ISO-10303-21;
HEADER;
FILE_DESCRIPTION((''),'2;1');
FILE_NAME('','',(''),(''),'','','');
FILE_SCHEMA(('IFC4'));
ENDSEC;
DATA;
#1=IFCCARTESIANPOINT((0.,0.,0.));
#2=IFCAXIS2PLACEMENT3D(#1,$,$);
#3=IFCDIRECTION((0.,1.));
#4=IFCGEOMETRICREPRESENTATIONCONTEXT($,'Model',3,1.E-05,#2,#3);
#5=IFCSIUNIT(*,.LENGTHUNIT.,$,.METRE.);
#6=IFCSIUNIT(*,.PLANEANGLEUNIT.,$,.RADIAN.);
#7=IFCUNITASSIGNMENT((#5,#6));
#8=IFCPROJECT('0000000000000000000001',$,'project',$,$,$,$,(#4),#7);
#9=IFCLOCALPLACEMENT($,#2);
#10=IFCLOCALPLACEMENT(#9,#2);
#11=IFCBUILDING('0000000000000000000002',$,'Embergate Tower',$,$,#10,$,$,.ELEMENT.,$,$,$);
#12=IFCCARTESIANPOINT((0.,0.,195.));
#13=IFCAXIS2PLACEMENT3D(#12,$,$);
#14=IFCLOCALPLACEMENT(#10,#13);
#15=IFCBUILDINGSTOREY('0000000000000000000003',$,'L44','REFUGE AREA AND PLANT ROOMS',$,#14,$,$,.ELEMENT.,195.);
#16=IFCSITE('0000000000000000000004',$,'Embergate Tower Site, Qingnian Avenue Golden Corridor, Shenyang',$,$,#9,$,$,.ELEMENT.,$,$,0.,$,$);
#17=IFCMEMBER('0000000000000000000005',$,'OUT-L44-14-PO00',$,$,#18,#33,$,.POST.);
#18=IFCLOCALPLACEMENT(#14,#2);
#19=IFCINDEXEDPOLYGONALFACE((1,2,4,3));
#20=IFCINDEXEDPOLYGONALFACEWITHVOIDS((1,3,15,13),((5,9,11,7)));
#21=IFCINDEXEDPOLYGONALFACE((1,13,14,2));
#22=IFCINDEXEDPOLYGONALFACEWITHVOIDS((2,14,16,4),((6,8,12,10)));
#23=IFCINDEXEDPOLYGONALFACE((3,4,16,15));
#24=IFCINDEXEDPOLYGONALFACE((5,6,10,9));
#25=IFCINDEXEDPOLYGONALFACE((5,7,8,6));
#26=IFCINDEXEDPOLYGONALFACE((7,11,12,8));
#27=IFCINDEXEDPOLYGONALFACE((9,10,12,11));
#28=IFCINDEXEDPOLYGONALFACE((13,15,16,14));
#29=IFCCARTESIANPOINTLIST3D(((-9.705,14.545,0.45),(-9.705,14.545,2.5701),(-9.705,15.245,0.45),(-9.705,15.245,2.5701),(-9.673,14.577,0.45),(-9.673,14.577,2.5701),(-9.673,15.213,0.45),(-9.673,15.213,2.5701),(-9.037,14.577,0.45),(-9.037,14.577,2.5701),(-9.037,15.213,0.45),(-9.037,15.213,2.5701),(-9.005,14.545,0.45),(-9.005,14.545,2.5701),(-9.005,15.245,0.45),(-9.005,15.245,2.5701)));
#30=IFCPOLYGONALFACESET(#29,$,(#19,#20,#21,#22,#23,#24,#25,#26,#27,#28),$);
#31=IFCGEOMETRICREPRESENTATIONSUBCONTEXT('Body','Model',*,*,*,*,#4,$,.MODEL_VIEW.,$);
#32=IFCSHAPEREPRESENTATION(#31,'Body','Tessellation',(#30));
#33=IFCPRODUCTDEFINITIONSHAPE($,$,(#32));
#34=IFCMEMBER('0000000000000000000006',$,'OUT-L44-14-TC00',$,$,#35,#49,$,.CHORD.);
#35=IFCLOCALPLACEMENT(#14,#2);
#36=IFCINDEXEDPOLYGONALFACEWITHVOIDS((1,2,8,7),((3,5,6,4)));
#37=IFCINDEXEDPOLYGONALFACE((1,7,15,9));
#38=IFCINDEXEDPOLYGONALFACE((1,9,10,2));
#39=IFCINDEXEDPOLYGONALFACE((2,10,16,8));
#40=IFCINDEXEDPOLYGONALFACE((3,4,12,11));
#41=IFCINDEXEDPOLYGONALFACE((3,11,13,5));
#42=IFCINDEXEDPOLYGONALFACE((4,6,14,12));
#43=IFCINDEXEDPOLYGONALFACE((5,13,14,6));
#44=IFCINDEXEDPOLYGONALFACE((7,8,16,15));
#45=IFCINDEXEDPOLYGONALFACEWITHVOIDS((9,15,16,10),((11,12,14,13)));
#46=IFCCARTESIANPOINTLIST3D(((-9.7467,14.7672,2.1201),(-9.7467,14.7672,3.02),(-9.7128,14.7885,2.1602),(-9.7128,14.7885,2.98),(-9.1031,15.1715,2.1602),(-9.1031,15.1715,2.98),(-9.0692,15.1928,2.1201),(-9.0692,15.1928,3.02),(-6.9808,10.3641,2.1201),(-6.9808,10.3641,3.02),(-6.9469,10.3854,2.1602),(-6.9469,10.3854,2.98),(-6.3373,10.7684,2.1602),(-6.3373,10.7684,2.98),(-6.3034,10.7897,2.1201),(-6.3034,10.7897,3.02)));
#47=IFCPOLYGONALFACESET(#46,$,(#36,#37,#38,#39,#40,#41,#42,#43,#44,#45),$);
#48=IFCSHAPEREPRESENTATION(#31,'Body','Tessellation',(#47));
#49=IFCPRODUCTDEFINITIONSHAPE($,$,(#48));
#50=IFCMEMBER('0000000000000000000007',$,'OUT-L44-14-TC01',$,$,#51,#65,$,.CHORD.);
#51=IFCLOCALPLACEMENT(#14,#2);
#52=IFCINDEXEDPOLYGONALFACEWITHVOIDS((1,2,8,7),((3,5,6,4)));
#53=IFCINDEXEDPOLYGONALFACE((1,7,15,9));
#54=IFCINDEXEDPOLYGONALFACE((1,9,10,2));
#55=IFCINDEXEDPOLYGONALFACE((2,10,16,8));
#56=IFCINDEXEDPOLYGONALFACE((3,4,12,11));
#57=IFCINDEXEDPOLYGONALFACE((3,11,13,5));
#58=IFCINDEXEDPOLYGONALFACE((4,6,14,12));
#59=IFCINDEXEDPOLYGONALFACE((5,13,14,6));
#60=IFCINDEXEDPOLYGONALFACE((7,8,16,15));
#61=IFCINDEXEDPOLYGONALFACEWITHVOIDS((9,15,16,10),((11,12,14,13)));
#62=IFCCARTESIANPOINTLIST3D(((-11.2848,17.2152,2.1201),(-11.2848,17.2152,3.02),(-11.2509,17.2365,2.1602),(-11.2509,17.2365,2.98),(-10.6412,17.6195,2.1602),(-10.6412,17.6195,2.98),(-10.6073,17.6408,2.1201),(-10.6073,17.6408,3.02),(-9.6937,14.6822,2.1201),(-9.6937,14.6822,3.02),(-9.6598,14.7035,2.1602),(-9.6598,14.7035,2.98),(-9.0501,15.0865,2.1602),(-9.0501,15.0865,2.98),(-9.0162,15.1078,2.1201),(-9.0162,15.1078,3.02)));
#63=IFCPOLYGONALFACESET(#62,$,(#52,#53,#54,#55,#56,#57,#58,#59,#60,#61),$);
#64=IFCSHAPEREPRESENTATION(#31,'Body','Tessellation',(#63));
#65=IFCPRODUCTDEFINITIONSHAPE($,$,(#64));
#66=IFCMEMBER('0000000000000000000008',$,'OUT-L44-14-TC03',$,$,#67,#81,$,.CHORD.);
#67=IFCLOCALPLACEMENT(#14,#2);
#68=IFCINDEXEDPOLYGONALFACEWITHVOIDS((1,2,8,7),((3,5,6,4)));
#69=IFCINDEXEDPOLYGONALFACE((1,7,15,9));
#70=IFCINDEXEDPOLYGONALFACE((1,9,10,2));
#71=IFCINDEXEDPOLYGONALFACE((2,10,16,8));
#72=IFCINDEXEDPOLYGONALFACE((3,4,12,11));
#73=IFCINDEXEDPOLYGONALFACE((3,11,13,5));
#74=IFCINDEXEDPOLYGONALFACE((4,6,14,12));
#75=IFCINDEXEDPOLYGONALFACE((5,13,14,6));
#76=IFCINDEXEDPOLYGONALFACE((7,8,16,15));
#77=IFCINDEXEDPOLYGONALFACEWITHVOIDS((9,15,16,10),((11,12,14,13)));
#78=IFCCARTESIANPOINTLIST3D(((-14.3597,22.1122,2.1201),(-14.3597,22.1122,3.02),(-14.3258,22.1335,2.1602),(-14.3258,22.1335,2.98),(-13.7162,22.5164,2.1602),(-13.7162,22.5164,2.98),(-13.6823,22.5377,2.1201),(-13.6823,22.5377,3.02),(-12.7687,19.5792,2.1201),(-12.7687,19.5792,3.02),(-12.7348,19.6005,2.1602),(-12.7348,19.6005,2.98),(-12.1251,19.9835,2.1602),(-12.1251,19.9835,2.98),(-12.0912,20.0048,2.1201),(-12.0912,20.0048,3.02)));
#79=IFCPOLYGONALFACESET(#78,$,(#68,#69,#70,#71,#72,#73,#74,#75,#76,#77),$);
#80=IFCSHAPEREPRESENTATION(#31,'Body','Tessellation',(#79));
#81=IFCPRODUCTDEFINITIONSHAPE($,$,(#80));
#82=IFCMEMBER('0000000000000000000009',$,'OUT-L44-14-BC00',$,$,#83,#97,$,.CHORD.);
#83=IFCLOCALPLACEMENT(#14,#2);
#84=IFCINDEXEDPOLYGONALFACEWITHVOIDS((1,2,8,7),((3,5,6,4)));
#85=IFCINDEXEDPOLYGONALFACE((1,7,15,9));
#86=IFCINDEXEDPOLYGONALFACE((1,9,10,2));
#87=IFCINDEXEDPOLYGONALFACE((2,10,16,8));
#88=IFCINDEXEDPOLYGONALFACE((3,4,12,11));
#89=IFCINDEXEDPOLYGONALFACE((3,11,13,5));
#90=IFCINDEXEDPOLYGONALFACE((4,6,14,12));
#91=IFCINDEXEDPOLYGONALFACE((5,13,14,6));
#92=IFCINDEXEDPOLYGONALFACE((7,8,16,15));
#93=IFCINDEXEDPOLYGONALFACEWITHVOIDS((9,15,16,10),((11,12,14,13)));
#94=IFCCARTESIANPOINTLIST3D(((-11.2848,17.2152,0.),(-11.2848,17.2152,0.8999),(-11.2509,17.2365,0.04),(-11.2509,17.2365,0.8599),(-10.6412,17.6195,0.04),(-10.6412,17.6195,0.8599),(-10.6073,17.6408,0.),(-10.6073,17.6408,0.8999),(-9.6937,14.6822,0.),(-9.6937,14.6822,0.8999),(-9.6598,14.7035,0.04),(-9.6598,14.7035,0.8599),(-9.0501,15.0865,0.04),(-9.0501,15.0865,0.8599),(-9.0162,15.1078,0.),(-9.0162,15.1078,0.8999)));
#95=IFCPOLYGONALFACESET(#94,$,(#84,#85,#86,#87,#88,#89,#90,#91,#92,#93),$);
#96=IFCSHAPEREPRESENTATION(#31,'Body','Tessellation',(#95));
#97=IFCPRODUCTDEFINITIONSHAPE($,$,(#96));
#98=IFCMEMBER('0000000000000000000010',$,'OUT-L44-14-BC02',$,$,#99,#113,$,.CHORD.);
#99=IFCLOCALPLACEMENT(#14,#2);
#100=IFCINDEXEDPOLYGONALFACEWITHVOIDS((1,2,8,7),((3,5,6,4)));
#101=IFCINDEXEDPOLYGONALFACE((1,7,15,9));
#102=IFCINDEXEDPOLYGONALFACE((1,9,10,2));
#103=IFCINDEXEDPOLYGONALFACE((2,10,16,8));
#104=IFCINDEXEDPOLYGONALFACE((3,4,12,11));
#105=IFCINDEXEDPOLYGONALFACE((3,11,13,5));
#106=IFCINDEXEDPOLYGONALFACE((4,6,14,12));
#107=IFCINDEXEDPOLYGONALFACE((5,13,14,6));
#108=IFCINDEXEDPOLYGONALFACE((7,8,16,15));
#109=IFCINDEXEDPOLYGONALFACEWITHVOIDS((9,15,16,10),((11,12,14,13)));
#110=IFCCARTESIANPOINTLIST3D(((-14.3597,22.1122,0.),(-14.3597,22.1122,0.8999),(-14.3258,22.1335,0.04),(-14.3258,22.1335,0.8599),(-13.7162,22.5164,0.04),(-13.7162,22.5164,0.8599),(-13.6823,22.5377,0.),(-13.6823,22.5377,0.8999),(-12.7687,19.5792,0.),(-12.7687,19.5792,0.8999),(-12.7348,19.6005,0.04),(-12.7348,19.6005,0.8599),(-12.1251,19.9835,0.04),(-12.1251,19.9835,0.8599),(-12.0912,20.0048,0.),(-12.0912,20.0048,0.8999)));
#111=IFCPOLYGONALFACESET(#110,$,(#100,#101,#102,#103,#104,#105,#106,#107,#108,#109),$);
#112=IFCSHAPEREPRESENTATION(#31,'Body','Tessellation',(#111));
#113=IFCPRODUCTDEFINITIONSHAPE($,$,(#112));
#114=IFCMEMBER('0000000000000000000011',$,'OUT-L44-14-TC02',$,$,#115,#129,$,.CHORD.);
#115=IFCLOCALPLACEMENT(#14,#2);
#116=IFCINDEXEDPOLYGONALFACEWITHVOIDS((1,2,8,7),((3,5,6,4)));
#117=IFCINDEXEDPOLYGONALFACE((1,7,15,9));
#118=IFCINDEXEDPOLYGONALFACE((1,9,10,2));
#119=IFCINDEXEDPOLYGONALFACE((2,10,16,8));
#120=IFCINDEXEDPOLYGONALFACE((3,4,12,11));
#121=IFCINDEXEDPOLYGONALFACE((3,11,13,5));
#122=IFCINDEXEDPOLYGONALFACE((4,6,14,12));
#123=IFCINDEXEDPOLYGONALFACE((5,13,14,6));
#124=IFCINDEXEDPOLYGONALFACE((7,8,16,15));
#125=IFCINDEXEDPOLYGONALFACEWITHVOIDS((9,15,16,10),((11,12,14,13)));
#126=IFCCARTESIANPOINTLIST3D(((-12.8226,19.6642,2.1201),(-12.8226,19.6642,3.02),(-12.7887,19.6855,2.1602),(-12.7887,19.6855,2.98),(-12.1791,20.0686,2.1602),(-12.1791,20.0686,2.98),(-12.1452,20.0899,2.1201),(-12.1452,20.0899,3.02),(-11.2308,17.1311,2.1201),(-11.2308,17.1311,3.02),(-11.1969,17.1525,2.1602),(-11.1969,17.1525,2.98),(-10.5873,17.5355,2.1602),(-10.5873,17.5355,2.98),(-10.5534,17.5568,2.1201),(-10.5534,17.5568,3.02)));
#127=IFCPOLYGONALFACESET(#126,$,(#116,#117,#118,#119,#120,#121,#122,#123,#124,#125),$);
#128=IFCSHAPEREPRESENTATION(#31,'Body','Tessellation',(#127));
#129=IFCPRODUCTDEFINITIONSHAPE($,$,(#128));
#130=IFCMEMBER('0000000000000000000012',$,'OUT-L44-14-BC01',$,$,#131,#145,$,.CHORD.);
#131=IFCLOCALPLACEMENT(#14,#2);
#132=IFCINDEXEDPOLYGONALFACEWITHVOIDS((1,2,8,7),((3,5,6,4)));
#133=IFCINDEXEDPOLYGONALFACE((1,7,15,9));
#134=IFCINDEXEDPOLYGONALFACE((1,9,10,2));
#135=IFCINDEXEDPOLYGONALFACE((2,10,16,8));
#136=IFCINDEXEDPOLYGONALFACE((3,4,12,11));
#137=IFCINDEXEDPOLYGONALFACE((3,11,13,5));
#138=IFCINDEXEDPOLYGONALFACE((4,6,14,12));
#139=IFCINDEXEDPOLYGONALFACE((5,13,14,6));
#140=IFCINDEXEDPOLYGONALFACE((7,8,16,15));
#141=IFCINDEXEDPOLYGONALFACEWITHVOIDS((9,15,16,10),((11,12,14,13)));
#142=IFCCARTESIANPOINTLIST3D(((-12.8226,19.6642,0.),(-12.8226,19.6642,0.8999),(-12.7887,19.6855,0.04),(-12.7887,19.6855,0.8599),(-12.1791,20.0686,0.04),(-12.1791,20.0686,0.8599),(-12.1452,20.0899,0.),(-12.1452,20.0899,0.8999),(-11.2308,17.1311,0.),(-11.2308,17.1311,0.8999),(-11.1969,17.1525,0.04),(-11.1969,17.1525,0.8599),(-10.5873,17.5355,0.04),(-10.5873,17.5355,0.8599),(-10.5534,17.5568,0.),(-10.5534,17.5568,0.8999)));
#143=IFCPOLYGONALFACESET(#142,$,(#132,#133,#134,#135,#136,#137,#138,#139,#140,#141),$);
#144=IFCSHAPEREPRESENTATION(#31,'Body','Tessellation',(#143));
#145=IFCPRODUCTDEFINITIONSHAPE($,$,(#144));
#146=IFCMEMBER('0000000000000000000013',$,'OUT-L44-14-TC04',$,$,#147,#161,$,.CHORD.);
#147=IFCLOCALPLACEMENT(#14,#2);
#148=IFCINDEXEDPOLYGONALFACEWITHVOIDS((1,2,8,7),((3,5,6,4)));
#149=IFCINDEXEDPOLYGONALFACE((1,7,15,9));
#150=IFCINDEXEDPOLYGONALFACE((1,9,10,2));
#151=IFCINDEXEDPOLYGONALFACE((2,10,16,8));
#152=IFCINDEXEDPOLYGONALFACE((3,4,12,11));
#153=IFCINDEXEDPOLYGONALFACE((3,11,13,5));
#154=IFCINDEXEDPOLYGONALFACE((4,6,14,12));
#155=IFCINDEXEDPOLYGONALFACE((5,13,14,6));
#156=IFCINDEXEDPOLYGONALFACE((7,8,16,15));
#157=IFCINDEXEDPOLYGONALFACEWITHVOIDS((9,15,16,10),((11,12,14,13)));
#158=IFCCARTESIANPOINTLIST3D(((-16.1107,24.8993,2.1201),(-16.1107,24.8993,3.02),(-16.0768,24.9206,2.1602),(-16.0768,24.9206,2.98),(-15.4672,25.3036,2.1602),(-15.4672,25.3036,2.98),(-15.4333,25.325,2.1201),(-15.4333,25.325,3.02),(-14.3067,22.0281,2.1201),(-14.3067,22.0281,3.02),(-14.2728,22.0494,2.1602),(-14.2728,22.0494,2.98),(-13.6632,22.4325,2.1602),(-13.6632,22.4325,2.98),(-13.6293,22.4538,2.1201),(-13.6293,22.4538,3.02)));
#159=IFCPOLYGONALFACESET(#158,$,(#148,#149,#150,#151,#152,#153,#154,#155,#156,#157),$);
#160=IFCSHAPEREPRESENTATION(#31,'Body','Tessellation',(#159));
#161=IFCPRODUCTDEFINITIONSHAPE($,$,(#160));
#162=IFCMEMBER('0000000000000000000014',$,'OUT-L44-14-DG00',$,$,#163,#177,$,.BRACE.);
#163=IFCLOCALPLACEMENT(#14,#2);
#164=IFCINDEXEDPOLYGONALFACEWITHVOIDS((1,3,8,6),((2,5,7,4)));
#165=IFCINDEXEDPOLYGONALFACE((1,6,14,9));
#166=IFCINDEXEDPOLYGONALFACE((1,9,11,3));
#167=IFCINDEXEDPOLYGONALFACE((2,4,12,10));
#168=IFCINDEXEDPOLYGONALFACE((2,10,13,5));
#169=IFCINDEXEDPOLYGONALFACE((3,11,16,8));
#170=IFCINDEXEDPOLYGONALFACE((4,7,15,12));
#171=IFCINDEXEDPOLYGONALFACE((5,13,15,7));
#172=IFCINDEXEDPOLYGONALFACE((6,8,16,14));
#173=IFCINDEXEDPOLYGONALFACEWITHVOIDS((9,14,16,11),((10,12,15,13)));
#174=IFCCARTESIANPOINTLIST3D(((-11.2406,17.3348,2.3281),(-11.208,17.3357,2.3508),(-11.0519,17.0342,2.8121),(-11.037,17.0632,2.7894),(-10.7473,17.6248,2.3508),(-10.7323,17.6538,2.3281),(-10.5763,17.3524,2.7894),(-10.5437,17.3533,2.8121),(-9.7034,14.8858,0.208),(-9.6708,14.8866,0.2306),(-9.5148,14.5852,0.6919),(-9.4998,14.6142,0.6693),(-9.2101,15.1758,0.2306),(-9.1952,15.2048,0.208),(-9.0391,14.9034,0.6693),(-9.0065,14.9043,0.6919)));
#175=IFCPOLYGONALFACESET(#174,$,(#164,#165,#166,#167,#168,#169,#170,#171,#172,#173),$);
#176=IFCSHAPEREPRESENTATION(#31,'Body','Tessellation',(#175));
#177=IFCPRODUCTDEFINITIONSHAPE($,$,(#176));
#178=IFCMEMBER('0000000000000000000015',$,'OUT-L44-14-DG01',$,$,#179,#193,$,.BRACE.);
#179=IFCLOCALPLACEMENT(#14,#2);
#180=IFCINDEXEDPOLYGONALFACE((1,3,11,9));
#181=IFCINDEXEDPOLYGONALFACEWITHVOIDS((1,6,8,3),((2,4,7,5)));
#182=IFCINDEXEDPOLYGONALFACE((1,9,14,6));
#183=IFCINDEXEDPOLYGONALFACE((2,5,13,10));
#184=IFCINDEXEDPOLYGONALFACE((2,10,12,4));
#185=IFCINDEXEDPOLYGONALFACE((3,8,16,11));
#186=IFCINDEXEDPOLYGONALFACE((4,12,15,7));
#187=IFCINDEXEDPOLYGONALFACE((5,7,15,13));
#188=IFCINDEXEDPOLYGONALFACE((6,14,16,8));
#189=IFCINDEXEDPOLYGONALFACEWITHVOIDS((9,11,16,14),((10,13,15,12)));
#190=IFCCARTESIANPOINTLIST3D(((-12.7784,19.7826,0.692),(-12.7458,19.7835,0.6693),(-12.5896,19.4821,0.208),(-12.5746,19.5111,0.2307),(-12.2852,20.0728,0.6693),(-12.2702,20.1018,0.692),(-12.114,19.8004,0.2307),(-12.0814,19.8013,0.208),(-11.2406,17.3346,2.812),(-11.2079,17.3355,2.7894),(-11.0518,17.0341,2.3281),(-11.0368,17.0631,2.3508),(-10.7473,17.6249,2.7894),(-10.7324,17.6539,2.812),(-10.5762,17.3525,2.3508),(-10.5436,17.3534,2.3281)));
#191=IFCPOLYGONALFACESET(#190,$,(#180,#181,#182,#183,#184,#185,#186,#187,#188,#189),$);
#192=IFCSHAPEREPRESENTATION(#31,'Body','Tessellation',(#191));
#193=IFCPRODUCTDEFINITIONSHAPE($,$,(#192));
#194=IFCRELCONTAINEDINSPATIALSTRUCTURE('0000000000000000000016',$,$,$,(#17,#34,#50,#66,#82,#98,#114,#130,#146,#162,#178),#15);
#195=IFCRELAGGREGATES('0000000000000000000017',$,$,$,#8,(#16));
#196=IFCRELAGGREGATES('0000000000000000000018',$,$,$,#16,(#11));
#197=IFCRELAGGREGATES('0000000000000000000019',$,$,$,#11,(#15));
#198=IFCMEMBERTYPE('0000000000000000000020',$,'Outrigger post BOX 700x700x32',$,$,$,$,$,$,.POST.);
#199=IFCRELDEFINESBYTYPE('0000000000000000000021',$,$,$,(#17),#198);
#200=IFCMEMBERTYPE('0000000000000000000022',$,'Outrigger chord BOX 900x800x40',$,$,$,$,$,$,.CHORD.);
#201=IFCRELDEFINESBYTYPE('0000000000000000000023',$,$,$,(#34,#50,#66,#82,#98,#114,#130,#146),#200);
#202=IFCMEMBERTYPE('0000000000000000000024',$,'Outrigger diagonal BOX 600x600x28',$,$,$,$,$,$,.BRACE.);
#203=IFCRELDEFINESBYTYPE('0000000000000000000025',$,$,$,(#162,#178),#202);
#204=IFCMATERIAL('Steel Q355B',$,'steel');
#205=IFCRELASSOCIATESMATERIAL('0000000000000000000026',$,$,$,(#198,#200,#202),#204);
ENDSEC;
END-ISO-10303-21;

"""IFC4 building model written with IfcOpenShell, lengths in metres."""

from ifc_helpers import new_model, si_unit, direction, frame, origin, origin_2d, place, context, subcontext, project, spatial, hollow_rectangle, extrude, source, transform, mapped, material, material_profile, profile_set, type_object, element, save


model = new_model("IFC4")

# Units and contexts
model_context = context("Model", 3, precision=1e-05, world=origin(), true_north=direction((0.0, 1.0)))
body_context = subcontext(model_context, "Body", "Model", "MODEL_VIEW")
ifc_project = project(units=[si_unit("LENGTHUNIT", "METRE"), si_unit("PLANEANGLEUNIT", "RADIAN")], contexts=[model_context])

# Site, building, storey
site_placement = place(None, origin())
site = spatial("IfcSite", under=ifc_project, at=site_placement, Name="Embergate Tower Site, Qingnian Avenue Golden Corridor, Shenyang", CompositionType="ELEMENT", RefElevation=0.0)
building_placement = place(site_placement, origin())
building = spatial("IfcBuilding", under=site, at=building_placement, Name="Embergate Tower", CompositionType="ELEMENT")
storey_placement = place(building_placement, frame((0.0, 0.0, 195.0)))
storey = spatial("IfcBuildingStorey", under=building, at=storey_placement, Name="L44", Description="REFUGE AREA AND PLANT ROOMS", CompositionType="ELEMENT", Elevation=195.0)

# Members
ifc_material_1 = material(Name="Steel Q355B", Category="steel")
ifc_material_profile_1 = material_profile(ifc_material_1, hollow_rectangle(XDim=0.7, YDim=0.7, WallThickness=0.032, at=origin_2d()), Name="BOX 700x700x32")
ifc_profile_set_1 = profile_set([ifc_material_profile_1], Name="Steel Q355 grade B")
member_type_1 = type_object("IfcMemberType", Name="Outrigger post BOX 700x700x32", PredefinedType="POST", material=ifc_profile_set_1)
shared_shape_1 = source(origin(), body_context, "Body", "SweptSolid", [
    extrude(hollow_rectangle(XDim=0.7, YDim=0.7, WallThickness=0.032, at=origin_2d()), origin(), (0.0, 0.0, 1.0), 2.1201),
])
member_1_placement = place(storey_placement, frame((-9.355, 14.895, 0.45), z_axis=(0.0, 0.0, 1.0), x_axis=(1.0, 0.0, 0.0)))
element("IfcMember", 1, at=member_1_placement, inside=storey, type_object=member_type_1, Name="OUT-L44-14-PO00", PredefinedType="POST", context=body_context, shape_type="MappedRepresentation", body=[
    mapped(shared_shape_1, transform((0.0, 0.0, 0.0))),
])
ifc_material_profile_2 = material_profile(ifc_material_1, hollow_rectangle(XDim=0.8, YDim=0.8999, WallThickness=0.04, at=origin_2d()), Name="BOX 900x800x40")
ifc_profile_set_2 = profile_set([ifc_material_profile_2], Name="Steel Q355 grade B")
member_type_2 = type_object("IfcMemberType", Name="Outrigger chord BOX 900x800x40", PredefinedType="CHORD", material=ifc_profile_set_2)
shared_shape_2 = source(origin(), body_context, "Body", "SweptSolid", [
    extrude(hollow_rectangle(XDim=0.8, YDim=0.8999, WallThickness=0.04, at=origin_2d()), origin(), (0.0, 0.0, 1.0), 5.1997),
])
member_2_placement = place(storey_placement, frame((-6.6421, 10.5769, 2.5701), z_axis=(-0.531926, 0.846791, 0.0), x_axis=(-0.846791, -0.531926, 0.0)))
element("IfcMember", 2, at=member_2_placement, inside=storey, type_object=member_type_2, Name="OUT-L44-14-TC00", PredefinedType="CHORD", context=body_context, shape_type="MappedRepresentation", body=[
    mapped(shared_shape_2, transform((0.0, 0.0, 0.0))),
])
shared_shape_3 = source(origin(), body_context, "Body", "SweptSolid", [
    extrude(hollow_rectangle(XDim=0.8, YDim=0.8999, WallThickness=0.04, at=origin_2d()), origin(), (0.0, 0.0, 1.0), 2.9912),
])
for number, where, z_axis, x_axis, name in (
    (3, (-9.355, 14.895, 2.5701), (-0.531912, 0.846799, 0.0), (-0.846799, -0.531912, 0.0), "OUT-L44-14-TC01"),
    (4, (-12.4299, 19.792, 2.5701), (-0.531912, 0.846799, 0.0), (-0.846799, -0.531912, 0.0), "OUT-L44-14-TC03"),
    (5, (-9.355, 14.895, 0.45), (-0.531912, 0.846799, 0.0), (-0.846799, -0.531912, 0.0), "OUT-L44-14-BC00"),
    (6, (-12.4299, 19.792, 0.45), (-0.531912, 0.846799, 0.0), (-0.846799, -0.531912, 0.0), "OUT-L44-14-BC02"),
):
    element("IfcMember", number, at=place(storey_placement, frame(where, z_axis=z_axis, x_axis=x_axis)), inside=storey, type_object=member_type_2, Name=name, PredefinedType="CHORD", context=body_context, shape_type="MappedRepresentation", body=[
        mapped(shared_shape_3, transform((0.0, 0.0, 0.0))),
    ])
shared_shape_4 = source(origin(), body_context, "Body", "SweptSolid", [
    extrude(hollow_rectangle(XDim=0.8, YDim=0.8999, WallThickness=0.04, at=origin_2d()), origin(), (0.0, 0.0, 1.0), 2.9917),
])
for number, where, z_axis, x_axis, name in (
    (7, (-10.8921, 17.344, 2.5701), (-0.532088, 0.846689, 0.0), (-0.846689, -0.532088, 0.0), "OUT-L44-14-TC02"),
    (8, (-10.8921, 17.344, 0.45), (-0.532088, 0.846689, 0.0), (-0.846689, -0.532088, 0.0), "OUT-L44-14-BC01"),
):
    element("IfcMember", number, at=place(storey_placement, frame(where, z_axis=z_axis, x_axis=x_axis)), inside=storey, type_object=member_type_2, Name=name, PredefinedType="CHORD", context=body_context, shape_type="MappedRepresentation", body=[
        mapped(shared_shape_4, transform((0.0, 0.0, 0.0))),
    ])
shared_shape_5 = source(origin(), body_context, "Body", "SweptSolid", [
    extrude(hollow_rectangle(XDim=0.8, YDim=0.8999, WallThickness=0.04, at=origin_2d()), origin(), (0.0, 0.0, 1.0), 3.3909),
])
member_3_placement = place(storey_placement, frame((-13.968, 22.241, 2.5701), z_axis=(-0.532017, 0.846734, 0.0), x_axis=(-0.846734, -0.532017, 0.0)))
element("IfcMember", 9, at=member_3_placement, inside=storey, type_object=member_type_2, Name="OUT-L44-14-TC04", PredefinedType="CHORD", context=body_context, shape_type="MappedRepresentation", body=[
    mapped(shared_shape_5, transform((0.0, 0.0, 0.0))),
])
ifc_material_profile_3 = material_profile(ifc_material_1, hollow_rectangle(XDim=0.6001, YDim=0.6001, WallThickness=0.0281, at=origin_2d()), Name="BOX 600x600x28")
ifc_profile_set_3 = profile_set([ifc_material_profile_3], Name="Steel Q355 grade B")
member_type_3 = type_object("IfcMemberType", Name="Outrigger diagonal BOX 600x600x28", PredefinedType="BRACE", material=ifc_profile_set_3)
shared_shape_6 = source(origin(), body_context, "Body", "SweptSolid", [
    extrude(hollow_rectangle(XDim=0.6001, YDim=0.6001, WallThickness=0.0281, at=origin_2d()), origin(), (0.0, 0.0, 1.0), 3.5854),
])
member_4_placement = place(storey_placement, frame((-9.355, 14.895, 0.45), z_axis=(-0.428714, 0.683041, 0.59132), x_axis=(-0.846986, -0.531615, 0.0)))
element("IfcMember", 10, at=member_4_placement, inside=storey, type_object=member_type_3, Name="OUT-L44-14-DG00", PredefinedType="BRACE", context=body_context, shape_type="MappedRepresentation", body=[
    mapped(shared_shape_6, transform((0.0, 0.0, 0.0))),
])
shared_shape_7 = source(origin(), body_context, "Body", "SweptSolid", [
    extrude(hollow_rectangle(XDim=0.6001, YDim=0.6001, WallThickness=0.0281, at=origin_2d()), origin(), (0.0, 0.0, 1.0), 3.585),
])
member_5_placement = place(storey_placement, frame((-10.8921, 17.344, 2.5701), z_axis=(-0.42896, 0.682836, -0.591378), x_axis=(-0.846777, -0.531948, 0.0)))
element("IfcMember", 11, at=member_5_placement, inside=storey, type_object=member_type_3, Name="OUT-L44-14-DG01", PredefinedType="BRACE", context=body_context, shape_type="MappedRepresentation", body=[
    mapped(shared_shape_7, transform((0.0, 0.0, 0.0))),
])

save(model, "model.ifc")
